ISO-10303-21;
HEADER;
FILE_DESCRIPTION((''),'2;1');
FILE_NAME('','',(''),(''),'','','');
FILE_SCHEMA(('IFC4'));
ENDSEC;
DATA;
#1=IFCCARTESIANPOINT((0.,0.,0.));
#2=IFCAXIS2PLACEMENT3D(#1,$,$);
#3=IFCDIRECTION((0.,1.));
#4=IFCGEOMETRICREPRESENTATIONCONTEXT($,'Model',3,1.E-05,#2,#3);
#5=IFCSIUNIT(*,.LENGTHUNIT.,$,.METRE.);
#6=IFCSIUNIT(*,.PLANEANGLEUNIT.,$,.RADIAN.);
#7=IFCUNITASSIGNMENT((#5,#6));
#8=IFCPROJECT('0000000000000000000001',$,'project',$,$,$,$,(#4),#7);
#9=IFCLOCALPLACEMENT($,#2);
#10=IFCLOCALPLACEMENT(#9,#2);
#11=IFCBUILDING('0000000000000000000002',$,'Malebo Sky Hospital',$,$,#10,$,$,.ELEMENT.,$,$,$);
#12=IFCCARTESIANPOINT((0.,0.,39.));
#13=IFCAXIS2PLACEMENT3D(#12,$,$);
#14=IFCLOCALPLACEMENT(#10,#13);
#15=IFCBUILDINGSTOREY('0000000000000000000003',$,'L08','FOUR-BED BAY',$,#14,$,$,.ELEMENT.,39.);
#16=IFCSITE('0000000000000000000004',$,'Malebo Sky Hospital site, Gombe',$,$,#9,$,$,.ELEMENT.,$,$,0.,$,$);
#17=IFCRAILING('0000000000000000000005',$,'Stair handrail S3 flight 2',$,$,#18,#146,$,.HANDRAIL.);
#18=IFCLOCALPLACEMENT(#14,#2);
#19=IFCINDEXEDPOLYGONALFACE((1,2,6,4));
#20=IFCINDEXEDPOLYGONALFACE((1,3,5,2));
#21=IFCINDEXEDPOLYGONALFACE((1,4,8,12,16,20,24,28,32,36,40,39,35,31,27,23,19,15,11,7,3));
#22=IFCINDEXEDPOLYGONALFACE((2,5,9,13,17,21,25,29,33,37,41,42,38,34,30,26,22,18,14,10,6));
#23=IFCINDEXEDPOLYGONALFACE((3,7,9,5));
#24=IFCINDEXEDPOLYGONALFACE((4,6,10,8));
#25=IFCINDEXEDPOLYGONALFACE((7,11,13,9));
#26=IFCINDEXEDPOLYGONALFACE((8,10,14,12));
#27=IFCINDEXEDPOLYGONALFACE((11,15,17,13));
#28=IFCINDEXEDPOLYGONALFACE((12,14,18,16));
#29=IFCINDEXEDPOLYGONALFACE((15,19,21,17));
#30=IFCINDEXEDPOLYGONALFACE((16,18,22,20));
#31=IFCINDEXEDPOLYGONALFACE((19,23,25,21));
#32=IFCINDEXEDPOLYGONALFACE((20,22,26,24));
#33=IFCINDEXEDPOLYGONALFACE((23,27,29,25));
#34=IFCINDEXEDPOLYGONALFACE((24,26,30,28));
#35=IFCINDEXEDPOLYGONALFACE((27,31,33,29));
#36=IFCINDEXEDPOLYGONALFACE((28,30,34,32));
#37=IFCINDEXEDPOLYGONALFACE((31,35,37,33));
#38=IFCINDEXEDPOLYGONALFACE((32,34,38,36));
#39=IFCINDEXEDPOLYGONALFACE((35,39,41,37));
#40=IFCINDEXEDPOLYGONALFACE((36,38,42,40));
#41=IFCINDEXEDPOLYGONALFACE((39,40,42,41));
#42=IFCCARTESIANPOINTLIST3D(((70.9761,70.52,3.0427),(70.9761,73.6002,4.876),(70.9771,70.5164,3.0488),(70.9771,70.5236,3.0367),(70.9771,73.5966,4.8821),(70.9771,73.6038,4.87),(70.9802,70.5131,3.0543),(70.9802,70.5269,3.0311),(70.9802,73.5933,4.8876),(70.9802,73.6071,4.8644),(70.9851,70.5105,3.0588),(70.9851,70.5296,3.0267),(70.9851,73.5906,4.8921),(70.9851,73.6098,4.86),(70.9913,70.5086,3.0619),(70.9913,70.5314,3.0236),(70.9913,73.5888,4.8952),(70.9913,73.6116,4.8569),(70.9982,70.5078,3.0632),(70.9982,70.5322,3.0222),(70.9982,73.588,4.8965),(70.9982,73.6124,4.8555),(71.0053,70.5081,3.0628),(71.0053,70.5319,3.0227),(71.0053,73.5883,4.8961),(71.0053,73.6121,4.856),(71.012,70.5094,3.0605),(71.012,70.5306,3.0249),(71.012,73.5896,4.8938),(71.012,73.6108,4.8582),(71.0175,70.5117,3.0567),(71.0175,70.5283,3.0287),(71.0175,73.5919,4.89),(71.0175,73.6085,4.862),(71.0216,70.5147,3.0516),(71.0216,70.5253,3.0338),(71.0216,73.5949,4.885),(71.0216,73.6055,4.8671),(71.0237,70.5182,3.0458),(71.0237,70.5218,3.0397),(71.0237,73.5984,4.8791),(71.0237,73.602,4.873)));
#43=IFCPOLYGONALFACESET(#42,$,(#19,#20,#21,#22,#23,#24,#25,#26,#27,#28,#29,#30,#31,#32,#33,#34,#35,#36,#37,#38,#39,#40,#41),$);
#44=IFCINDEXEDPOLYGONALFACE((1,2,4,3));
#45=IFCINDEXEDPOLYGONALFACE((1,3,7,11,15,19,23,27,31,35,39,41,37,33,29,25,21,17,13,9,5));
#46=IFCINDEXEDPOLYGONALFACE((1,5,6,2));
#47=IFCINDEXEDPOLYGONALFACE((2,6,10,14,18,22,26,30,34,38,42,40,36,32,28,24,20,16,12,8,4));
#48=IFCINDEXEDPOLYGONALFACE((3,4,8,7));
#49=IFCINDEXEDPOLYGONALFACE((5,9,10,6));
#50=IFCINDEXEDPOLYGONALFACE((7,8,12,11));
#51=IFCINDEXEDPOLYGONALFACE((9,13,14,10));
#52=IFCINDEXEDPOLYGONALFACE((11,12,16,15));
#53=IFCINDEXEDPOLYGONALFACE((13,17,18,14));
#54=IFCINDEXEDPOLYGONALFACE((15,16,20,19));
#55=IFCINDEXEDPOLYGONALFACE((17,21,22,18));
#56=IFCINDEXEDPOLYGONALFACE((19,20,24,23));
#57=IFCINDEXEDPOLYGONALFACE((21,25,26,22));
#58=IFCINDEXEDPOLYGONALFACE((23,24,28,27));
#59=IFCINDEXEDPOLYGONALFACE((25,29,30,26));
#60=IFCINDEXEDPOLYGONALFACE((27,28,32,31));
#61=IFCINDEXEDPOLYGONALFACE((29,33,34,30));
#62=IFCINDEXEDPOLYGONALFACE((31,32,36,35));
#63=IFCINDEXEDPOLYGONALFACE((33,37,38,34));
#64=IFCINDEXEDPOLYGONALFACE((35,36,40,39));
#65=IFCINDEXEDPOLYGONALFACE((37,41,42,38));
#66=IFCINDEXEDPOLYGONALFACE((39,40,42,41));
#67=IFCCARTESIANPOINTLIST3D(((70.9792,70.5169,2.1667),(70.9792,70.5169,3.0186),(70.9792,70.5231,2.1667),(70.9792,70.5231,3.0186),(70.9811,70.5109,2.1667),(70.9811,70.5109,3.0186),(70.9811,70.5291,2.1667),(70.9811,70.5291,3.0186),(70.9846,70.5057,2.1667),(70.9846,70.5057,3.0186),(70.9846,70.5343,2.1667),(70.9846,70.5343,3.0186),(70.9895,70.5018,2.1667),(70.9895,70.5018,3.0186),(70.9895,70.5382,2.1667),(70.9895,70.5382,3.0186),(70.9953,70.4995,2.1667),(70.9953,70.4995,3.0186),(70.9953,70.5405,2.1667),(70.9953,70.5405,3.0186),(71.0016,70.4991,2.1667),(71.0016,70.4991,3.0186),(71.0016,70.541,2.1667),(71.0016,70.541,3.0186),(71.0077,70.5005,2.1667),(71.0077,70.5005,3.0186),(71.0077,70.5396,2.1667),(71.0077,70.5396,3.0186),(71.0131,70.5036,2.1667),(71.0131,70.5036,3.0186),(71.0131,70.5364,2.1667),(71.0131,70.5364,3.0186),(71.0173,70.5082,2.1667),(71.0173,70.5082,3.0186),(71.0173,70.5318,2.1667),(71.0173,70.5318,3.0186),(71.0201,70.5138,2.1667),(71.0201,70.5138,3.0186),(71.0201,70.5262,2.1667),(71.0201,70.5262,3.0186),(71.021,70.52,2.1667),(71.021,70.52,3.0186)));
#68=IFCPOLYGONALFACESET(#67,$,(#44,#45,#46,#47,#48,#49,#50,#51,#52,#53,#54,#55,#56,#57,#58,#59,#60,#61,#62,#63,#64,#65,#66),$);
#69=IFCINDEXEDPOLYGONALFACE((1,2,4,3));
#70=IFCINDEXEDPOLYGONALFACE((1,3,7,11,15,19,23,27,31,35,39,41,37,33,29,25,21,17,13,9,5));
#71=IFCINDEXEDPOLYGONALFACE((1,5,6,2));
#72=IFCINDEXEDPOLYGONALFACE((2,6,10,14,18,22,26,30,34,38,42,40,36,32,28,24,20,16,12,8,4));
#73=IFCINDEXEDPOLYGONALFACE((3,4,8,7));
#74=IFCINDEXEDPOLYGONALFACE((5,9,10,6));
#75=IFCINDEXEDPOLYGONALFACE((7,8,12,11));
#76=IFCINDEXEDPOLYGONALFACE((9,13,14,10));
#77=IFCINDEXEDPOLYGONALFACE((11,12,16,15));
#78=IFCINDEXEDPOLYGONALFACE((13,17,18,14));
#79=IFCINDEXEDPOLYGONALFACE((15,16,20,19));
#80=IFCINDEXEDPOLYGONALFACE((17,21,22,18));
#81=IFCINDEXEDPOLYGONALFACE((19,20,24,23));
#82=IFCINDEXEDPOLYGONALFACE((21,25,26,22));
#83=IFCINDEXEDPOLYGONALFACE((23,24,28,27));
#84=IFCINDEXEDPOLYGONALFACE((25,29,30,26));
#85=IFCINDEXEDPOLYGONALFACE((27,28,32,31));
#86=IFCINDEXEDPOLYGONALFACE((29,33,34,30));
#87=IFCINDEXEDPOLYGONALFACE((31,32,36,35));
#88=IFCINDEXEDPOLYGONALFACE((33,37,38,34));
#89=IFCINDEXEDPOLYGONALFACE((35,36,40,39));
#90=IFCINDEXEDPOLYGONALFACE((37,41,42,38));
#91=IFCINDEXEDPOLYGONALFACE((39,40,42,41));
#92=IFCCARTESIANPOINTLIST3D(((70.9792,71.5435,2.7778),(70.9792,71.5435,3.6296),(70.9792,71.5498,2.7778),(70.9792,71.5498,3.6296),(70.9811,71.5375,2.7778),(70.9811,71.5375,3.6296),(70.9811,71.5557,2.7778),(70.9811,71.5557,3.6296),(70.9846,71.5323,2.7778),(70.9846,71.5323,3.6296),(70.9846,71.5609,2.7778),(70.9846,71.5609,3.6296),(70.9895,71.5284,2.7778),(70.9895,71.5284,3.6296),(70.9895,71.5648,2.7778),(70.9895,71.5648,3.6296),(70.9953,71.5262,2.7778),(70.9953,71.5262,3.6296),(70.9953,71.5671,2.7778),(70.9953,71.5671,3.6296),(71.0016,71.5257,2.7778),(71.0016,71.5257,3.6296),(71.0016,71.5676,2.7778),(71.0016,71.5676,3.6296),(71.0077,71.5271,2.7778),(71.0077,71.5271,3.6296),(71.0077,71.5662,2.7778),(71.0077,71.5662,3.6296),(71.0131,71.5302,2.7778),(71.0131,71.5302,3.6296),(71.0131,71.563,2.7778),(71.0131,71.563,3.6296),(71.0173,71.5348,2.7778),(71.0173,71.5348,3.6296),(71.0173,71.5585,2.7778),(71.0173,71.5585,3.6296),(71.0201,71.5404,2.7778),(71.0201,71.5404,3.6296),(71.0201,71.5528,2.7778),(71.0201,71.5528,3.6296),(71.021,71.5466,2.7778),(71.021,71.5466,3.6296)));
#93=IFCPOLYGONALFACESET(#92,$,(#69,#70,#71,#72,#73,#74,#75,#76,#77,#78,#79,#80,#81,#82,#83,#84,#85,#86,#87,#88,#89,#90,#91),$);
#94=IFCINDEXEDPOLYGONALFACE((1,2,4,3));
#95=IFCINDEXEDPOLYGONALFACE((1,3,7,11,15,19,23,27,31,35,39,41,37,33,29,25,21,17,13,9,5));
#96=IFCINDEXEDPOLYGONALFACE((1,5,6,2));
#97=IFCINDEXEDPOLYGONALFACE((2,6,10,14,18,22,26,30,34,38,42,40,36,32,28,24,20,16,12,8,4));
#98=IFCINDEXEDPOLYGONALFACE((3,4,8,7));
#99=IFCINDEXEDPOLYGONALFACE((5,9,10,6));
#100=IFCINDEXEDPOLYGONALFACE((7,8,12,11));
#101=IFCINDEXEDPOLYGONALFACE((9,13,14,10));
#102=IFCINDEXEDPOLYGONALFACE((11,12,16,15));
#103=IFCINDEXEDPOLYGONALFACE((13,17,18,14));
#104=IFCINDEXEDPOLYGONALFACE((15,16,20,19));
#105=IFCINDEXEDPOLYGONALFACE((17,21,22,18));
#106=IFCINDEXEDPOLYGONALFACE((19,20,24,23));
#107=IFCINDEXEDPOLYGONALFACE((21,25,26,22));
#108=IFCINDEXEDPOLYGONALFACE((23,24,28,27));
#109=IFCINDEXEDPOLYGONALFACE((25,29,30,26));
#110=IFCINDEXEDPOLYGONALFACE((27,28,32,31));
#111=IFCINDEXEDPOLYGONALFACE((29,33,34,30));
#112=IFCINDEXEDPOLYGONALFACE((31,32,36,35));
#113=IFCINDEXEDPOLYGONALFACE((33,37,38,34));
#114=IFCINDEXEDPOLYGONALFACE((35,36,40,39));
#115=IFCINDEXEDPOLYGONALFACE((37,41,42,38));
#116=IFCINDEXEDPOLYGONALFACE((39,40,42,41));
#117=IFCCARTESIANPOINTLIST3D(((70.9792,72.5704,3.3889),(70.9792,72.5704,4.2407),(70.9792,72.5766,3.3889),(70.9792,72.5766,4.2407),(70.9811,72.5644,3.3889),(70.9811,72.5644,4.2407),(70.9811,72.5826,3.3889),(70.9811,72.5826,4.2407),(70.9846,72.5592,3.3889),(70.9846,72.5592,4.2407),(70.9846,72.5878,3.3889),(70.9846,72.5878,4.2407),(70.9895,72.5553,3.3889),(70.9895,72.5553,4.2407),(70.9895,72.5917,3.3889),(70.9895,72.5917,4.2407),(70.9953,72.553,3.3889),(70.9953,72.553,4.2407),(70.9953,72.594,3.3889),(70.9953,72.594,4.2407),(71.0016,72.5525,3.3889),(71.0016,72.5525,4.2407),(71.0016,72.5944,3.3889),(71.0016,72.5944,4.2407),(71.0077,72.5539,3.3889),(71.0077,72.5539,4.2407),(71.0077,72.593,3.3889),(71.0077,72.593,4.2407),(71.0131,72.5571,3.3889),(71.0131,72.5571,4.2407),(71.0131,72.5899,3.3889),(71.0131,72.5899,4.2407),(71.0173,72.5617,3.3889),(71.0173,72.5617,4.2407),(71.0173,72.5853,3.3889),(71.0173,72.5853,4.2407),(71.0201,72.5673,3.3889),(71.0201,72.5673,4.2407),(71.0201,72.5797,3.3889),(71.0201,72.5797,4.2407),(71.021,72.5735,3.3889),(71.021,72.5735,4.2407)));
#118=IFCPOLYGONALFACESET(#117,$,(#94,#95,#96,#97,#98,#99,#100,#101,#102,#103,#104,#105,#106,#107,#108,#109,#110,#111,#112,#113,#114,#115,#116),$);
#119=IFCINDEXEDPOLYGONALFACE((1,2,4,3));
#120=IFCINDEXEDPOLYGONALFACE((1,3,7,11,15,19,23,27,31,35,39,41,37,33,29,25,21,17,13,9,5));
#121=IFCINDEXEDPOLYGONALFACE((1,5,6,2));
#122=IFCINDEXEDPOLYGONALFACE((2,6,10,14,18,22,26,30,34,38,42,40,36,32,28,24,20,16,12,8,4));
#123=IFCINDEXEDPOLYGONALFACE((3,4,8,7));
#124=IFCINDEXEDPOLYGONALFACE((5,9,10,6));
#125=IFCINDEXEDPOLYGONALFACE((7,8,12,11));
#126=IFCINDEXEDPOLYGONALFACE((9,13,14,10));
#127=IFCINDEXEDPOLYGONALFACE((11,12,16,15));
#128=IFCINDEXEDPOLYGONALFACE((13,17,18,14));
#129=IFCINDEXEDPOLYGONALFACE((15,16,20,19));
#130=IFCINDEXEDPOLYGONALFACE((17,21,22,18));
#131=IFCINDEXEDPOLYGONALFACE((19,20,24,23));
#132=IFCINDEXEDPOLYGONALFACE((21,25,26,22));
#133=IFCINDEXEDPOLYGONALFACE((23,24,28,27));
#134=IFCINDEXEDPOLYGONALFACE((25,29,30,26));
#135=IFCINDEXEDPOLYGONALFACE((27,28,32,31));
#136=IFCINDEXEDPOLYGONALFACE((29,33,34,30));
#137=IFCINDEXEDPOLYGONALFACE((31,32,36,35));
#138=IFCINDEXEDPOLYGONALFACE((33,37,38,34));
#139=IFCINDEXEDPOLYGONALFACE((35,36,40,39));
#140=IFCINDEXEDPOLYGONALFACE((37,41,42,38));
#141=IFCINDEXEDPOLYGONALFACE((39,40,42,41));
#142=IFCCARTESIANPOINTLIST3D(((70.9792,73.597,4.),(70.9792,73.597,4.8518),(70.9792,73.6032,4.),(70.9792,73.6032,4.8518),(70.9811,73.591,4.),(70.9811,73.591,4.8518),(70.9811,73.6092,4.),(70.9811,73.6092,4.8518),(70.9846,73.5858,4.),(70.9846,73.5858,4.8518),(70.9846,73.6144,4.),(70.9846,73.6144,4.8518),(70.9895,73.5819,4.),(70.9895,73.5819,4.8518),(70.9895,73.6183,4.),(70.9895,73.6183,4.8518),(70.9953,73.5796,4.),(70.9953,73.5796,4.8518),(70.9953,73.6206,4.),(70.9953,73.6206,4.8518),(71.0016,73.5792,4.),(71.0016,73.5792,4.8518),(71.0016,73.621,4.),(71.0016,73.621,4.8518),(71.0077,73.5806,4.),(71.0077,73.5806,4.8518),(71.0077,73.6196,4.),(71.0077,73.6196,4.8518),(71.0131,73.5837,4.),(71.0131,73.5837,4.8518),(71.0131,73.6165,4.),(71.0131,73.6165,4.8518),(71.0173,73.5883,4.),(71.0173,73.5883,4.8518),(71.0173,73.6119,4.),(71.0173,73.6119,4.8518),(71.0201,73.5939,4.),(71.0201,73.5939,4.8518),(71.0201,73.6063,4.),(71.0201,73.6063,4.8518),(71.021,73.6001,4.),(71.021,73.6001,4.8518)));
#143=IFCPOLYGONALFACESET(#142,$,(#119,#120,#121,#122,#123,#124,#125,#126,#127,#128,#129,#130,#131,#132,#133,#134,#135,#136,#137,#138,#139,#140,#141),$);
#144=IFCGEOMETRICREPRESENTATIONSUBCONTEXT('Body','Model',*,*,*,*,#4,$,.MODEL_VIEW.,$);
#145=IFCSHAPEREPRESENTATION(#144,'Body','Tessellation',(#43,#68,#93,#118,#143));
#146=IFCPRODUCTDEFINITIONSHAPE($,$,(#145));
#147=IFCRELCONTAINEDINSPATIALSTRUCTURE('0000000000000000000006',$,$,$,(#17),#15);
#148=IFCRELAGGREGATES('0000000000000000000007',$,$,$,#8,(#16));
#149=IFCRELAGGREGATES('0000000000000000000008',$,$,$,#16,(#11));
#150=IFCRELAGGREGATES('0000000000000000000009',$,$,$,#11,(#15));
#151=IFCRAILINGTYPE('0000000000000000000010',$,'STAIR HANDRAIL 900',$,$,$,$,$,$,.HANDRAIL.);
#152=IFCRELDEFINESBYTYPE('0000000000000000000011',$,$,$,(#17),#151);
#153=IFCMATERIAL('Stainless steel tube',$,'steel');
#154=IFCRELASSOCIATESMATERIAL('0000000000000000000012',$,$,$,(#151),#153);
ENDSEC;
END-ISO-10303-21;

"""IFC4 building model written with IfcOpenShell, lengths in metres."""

from ifc_helpers import new_model, si_unit, direction, frame, origin, origin_2d, place, context, subcontext, project, spatial, circle, extrude, material, type_object, element, save


model = new_model("IFC4")

# Units and contexts
model_context = context("Model", 3, precision=1e-05, world=origin(), true_north=direction((0.0, 1.0)))
body_context = subcontext(model_context, "Body", "Model", "MODEL_VIEW")
ifc_project = project(units=[si_unit("LENGTHUNIT", "METRE"), si_unit("PLANEANGLEUNIT", "RADIAN")], contexts=[model_context])

# Site, building, storey
site_placement = place(None, origin())
site = spatial("IfcSite", under=ifc_project, at=site_placement, Name="Malebo Sky Hospital site, Gombe", CompositionType="ELEMENT", RefElevation=0.0)
building_placement = place(site_placement, origin())
building = spatial("IfcBuilding", under=site, at=building_placement, Name="Malebo Sky Hospital", CompositionType="ELEMENT")
storey_placement = place(building_placement, frame((0.0, 0.0, 39.0)))
storey = spatial("IfcBuildingStorey", under=building, at=storey_placement, Name="L08", Description="FOUR-BED BAY", CompositionType="ELEMENT", Elevation=39.0)

# Railing
ifc_material_1 = material(Name="Stainless steel tube", Category="steel")
railing_type = type_object("IfcRailingType", Name="STAIR HANDRAIL 900", PredefinedType="HANDRAIL", material=ifc_material_1)
railing_1_placement = place(storey_placement, frame((71.0, 70.52, 2.1667)))
element("IfcRailing", 1, at=railing_1_placement, inside=storey, type_object=railing_type, Name="Stair handrail S3 flight 2", PredefinedType="HANDRAIL", context=body_context, shape_type="SweptSolid", body=[
    extrude(circle(Radius=0.0239, at=origin_2d()), frame((0.0, 0.0, 0.876), z_axis=(0.0, 0.859309, 0.511458), x_axis=(-1.0, 0.0, 0.0)), (0.0, 0.0, 1.0), 3.5845),
    extrude(circle(Radius=0.021, at=origin_2d()), origin(), (0.0, 0.0, 1.0), 0.8518),
    extrude(circle(Radius=0.021, at=origin_2d()), frame((0.0, 1.0266, 0.6111)), (0.0, 0.0, 1.0), 0.8518),
    extrude(circle(Radius=0.021, at=origin_2d()), frame((0.0, 2.0535, 1.2222)), (0.0, 0.0, 1.0), 0.8518),
    extrude(circle(Radius=0.021, at=origin_2d()), frame((0.0, 3.0801, 1.8333)), (0.0, 0.0, 1.0), 0.8518),
])

save(model, "model.ifc")
